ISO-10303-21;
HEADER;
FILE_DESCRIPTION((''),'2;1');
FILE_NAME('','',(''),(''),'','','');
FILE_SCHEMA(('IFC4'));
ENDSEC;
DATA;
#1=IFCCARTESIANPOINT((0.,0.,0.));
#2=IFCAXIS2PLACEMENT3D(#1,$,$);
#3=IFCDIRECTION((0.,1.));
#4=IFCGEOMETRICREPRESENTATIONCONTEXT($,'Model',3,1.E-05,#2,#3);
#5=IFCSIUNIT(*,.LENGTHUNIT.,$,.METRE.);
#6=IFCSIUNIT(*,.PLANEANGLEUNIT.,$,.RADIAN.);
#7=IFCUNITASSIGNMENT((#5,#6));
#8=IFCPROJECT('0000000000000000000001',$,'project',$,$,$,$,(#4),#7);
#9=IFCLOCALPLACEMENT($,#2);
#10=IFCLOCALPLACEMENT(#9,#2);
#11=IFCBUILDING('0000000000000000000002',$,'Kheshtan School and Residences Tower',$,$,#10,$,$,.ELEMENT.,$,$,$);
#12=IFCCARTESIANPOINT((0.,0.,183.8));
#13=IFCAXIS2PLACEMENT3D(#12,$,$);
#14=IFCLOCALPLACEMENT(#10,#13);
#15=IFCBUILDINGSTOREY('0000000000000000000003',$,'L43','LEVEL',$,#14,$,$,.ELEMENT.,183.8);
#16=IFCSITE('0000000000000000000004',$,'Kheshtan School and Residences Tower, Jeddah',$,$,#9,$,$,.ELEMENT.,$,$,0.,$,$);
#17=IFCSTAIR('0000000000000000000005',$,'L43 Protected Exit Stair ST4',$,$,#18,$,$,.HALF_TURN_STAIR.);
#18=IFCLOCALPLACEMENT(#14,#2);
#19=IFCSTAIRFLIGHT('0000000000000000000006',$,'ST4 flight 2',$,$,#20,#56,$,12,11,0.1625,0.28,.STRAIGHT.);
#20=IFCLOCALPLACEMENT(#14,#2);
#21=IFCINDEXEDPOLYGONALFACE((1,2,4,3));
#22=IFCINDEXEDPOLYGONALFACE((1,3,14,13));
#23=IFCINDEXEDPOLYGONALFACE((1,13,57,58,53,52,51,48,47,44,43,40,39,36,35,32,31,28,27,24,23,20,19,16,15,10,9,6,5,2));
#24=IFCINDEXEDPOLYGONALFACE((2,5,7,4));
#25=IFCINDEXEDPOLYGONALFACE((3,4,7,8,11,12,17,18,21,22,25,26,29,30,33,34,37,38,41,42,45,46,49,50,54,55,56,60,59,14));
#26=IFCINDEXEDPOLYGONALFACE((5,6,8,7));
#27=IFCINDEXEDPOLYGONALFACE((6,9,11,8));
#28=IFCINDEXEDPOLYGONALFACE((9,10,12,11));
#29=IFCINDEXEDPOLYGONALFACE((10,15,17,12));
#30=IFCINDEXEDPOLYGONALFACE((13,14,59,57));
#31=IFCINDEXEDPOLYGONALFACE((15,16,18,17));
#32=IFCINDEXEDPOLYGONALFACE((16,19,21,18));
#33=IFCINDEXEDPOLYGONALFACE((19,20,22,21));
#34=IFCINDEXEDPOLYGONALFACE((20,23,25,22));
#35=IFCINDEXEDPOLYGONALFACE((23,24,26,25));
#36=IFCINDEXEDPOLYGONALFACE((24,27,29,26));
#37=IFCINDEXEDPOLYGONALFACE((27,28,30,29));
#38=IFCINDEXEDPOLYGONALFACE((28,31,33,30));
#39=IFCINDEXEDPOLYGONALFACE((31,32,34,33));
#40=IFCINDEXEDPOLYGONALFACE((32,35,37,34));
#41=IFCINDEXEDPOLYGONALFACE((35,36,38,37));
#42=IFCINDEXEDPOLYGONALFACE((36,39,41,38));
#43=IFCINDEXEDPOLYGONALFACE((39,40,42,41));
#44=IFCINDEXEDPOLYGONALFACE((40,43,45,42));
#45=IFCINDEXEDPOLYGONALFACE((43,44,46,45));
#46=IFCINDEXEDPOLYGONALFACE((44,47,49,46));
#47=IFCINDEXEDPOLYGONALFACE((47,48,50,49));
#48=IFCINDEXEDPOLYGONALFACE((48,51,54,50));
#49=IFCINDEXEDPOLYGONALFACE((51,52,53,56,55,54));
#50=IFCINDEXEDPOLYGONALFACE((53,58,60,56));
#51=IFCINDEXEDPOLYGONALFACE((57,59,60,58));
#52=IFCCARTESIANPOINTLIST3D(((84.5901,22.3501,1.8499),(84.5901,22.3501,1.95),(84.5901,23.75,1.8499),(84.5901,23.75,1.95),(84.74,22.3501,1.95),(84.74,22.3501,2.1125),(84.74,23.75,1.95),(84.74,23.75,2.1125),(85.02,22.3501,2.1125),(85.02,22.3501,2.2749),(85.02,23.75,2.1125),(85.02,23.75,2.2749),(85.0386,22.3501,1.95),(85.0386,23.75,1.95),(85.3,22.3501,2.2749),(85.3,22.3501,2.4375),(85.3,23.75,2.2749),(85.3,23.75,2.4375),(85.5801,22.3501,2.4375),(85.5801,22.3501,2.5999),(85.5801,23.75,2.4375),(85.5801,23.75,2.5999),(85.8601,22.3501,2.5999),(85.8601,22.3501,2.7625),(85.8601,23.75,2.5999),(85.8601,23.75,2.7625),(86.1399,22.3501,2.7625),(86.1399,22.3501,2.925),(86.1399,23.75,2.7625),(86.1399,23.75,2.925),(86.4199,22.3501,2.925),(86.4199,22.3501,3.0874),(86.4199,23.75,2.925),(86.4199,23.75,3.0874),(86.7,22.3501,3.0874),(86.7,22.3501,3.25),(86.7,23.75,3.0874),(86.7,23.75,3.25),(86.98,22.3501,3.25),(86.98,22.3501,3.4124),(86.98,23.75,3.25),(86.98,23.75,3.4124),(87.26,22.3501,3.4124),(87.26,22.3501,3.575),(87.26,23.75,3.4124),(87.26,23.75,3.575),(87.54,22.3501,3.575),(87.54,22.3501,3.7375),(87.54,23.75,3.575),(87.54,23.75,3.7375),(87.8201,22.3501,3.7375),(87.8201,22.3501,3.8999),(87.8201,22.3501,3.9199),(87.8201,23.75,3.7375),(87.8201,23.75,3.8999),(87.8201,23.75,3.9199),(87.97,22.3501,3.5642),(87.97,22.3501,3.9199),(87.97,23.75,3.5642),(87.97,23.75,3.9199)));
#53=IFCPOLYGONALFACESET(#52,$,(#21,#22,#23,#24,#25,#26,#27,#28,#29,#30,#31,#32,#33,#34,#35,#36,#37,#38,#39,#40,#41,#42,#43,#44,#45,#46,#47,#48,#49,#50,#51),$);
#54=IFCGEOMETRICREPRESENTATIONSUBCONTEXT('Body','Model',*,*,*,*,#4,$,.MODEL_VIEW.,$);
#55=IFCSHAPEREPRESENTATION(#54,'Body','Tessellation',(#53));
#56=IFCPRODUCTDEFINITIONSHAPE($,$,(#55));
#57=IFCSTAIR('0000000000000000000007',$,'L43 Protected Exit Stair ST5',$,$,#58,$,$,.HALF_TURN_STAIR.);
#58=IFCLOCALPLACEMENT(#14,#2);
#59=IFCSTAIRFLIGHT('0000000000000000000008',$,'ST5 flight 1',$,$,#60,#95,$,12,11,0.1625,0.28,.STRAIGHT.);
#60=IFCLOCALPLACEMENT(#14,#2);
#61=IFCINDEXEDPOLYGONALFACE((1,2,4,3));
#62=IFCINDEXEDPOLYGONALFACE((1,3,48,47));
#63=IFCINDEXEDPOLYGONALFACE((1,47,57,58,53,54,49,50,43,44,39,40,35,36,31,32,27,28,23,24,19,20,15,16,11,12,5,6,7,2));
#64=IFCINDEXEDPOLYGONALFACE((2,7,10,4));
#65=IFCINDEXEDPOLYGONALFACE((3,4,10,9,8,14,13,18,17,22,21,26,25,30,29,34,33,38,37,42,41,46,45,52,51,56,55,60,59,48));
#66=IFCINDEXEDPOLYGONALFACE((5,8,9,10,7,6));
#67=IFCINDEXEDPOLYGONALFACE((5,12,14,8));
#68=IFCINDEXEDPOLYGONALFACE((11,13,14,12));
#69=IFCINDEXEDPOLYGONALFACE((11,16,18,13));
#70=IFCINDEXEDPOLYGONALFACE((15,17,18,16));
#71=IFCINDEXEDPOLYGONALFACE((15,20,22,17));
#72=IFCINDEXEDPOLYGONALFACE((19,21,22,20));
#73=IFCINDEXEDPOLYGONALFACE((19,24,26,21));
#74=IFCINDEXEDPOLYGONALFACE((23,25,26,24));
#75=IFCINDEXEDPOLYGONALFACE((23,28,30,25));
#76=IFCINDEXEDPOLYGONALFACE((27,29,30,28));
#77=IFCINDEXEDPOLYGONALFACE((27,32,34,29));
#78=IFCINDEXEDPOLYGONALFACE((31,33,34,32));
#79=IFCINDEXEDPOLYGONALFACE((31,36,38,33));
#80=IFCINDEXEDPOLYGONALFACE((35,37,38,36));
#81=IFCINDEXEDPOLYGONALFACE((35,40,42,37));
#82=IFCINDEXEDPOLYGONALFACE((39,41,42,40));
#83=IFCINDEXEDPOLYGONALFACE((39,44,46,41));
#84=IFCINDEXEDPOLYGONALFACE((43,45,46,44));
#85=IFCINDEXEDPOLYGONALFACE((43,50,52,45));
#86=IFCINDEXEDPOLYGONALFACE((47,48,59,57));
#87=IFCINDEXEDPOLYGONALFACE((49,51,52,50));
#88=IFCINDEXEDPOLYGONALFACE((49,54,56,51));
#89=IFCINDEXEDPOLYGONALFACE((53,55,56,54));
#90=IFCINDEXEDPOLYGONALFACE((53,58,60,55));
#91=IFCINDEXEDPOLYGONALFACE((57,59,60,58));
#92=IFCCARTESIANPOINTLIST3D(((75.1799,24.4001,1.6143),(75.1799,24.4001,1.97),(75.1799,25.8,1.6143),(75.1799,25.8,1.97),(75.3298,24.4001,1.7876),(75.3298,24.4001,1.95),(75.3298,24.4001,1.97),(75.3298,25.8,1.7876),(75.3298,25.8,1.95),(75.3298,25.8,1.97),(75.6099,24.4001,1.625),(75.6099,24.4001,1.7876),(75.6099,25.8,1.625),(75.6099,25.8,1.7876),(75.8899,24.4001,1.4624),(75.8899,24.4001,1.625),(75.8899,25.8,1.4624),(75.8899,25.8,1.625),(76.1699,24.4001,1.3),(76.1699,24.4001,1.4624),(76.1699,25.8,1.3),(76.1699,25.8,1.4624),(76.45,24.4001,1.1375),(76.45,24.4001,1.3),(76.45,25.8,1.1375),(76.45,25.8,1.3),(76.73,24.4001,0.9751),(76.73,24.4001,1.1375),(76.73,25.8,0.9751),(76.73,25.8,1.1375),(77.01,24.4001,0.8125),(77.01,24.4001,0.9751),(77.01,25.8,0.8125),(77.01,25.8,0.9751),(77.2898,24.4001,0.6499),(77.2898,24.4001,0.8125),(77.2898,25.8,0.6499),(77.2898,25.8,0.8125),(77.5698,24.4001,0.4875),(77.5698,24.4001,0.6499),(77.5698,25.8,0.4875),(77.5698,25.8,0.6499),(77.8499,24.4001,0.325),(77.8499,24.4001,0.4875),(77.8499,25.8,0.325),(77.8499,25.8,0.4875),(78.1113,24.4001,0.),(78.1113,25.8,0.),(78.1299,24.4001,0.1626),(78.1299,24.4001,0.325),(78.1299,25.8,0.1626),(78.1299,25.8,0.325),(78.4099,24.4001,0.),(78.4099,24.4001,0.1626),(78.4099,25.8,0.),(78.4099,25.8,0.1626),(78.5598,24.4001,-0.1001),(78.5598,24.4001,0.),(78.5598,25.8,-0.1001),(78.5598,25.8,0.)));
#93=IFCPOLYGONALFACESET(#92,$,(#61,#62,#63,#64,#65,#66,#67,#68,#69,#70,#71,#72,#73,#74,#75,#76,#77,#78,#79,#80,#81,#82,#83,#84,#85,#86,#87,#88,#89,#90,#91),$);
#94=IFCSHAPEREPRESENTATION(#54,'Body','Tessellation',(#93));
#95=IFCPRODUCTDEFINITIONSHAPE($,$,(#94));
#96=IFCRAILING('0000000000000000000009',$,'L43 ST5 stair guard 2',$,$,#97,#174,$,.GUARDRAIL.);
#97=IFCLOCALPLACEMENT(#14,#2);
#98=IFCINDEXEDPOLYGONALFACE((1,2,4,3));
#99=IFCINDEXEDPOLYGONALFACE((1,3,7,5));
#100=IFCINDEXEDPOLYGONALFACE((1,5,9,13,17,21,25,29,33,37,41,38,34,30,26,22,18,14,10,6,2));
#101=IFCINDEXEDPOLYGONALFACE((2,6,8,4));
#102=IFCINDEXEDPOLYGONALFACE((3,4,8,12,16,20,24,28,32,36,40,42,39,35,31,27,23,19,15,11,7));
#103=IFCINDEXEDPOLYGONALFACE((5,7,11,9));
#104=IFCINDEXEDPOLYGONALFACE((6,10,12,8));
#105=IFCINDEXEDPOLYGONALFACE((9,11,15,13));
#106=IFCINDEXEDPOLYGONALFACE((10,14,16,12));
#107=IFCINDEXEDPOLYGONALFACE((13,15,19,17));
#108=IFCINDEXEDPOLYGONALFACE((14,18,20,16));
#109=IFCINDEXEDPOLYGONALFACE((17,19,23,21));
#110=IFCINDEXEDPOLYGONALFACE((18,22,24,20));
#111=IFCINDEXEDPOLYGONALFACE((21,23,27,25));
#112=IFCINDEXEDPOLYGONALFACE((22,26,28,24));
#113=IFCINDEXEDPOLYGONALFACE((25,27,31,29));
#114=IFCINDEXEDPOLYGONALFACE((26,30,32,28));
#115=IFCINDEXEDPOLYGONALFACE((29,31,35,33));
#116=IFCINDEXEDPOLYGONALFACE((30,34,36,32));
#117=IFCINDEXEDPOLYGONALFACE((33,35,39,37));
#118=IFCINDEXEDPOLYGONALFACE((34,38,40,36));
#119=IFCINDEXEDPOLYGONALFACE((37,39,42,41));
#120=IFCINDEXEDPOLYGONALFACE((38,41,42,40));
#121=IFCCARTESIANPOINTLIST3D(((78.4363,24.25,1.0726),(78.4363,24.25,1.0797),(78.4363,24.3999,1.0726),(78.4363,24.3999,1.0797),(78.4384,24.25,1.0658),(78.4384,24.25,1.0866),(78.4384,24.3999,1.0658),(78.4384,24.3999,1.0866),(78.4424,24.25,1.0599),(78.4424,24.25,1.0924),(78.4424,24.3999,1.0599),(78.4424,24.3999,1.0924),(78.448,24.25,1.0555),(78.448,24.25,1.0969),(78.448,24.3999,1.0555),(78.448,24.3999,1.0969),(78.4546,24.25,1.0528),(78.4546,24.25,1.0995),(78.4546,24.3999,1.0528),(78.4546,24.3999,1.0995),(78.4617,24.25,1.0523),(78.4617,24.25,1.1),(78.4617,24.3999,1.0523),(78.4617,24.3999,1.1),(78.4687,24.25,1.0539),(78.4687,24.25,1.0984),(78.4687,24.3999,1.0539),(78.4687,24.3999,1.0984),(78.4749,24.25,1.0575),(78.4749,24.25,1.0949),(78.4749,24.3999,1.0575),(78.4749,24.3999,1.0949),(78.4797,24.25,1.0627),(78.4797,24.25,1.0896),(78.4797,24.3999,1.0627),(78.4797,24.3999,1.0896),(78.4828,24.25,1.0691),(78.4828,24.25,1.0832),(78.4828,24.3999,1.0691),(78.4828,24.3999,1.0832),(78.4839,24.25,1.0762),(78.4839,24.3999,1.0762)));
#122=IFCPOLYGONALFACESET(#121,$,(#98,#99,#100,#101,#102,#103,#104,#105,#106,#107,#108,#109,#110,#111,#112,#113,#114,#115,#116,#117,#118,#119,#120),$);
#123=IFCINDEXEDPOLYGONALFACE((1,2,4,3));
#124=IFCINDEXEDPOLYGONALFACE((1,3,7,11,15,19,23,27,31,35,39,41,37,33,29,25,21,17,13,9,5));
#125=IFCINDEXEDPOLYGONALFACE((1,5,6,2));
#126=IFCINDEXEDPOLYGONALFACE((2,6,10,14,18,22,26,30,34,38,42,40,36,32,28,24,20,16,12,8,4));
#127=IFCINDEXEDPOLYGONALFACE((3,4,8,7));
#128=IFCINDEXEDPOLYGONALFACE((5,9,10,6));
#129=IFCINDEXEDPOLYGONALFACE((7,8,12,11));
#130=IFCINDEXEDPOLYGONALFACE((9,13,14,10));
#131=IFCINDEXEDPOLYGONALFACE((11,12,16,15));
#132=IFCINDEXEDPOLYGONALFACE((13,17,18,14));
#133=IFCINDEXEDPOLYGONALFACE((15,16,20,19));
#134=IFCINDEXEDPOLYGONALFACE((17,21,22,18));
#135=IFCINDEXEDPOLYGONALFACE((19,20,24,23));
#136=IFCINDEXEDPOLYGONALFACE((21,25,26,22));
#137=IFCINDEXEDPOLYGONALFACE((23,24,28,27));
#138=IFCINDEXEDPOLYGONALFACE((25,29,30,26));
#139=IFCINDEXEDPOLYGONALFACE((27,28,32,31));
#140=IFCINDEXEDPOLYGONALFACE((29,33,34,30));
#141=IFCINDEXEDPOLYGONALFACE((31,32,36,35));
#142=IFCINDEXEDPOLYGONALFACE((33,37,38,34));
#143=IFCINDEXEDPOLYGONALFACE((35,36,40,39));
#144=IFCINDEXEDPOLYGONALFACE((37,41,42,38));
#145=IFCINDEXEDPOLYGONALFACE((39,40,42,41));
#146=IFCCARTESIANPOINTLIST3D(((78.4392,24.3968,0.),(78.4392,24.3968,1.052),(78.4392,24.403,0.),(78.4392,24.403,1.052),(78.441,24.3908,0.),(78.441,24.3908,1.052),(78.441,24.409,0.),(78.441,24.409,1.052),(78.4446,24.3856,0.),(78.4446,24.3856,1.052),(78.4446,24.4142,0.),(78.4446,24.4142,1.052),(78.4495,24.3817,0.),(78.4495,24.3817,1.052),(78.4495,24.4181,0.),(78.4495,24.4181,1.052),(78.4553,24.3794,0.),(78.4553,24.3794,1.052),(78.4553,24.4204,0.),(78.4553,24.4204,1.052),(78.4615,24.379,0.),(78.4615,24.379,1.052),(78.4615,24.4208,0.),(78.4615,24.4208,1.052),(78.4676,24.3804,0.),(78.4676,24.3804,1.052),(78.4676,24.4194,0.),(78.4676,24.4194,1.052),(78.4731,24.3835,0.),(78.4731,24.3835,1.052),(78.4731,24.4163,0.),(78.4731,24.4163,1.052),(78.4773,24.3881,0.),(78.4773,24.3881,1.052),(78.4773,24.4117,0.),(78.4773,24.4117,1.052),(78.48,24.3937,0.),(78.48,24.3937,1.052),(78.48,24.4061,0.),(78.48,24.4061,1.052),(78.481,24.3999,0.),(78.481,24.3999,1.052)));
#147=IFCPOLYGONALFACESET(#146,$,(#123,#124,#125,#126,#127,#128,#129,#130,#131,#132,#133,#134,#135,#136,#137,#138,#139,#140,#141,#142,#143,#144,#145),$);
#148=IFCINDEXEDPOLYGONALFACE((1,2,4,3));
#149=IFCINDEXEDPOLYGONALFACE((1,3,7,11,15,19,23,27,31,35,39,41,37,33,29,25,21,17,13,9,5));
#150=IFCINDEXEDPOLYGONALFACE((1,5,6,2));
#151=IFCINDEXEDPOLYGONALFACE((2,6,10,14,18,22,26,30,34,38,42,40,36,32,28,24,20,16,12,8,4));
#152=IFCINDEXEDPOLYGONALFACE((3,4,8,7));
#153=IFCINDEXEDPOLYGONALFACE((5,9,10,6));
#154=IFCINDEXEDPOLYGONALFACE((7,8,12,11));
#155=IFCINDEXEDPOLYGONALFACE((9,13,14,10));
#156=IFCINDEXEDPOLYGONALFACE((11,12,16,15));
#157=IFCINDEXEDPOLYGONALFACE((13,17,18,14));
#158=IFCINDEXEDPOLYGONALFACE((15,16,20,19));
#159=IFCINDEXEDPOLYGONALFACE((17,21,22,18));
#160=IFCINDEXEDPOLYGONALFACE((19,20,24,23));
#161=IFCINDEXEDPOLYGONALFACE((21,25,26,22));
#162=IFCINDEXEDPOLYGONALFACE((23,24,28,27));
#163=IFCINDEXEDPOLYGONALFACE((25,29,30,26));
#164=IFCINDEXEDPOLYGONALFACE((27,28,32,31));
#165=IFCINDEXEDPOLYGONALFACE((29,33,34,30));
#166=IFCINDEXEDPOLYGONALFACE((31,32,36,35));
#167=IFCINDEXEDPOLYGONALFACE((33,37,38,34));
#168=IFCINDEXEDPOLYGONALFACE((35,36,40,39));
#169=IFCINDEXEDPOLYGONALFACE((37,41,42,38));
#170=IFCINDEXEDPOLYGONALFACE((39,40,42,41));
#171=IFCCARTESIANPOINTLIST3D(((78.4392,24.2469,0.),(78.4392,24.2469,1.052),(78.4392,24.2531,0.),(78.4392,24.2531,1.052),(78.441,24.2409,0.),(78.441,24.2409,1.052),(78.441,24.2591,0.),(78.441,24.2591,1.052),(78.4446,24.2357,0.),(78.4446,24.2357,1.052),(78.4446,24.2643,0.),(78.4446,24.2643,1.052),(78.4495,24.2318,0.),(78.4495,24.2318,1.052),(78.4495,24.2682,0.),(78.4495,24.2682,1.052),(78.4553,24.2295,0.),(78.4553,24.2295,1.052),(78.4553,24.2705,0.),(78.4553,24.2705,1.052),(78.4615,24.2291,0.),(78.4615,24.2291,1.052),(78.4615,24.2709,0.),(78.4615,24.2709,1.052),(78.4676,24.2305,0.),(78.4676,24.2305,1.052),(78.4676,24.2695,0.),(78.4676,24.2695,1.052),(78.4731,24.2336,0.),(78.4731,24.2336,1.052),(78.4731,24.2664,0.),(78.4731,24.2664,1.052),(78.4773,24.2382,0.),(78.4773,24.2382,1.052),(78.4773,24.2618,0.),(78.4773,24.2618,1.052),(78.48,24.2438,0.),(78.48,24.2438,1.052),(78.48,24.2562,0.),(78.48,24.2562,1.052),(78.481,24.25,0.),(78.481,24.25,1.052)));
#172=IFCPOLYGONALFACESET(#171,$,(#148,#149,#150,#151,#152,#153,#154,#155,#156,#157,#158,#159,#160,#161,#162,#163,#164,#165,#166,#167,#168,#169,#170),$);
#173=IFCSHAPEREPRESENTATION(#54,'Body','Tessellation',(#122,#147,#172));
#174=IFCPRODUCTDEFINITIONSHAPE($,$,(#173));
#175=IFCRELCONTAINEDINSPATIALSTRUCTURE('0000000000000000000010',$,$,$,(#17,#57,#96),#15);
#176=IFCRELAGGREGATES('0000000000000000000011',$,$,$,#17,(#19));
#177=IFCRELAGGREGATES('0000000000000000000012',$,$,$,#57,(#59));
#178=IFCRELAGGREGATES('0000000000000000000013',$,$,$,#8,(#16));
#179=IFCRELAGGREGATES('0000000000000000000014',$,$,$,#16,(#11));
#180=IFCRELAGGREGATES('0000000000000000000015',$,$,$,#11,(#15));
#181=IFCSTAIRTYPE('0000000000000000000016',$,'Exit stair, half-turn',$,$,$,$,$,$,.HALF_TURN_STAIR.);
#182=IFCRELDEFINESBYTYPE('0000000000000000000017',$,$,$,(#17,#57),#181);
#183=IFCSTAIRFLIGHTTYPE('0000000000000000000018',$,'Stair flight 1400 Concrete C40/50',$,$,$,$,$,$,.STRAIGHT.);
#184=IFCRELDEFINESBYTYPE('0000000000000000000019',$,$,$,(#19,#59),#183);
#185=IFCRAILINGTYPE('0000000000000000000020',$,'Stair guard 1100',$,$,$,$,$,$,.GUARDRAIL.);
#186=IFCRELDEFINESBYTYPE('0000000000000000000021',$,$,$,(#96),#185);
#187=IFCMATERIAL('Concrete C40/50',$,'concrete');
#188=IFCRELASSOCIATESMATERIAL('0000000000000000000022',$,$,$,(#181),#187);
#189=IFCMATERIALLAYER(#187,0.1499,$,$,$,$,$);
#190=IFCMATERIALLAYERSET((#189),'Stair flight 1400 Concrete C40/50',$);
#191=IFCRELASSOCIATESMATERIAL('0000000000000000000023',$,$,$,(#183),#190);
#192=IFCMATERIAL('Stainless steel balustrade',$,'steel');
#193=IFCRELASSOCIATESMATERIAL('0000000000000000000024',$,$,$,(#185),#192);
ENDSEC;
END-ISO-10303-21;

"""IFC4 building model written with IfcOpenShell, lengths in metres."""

from ifc_helpers import new_model, si_unit, direction, frame, origin, origin_2d, place, context, subcontext, project, spatial, polyline, circle, outline, extrude, material, layer, layer_set, type_object, element, aggregate, save


model = new_model("IFC4")

# Units and contexts
model_context = context("Model", 3, precision=1e-05, world=origin(), true_north=direction((0.0, 1.0)))
body_context = subcontext(model_context, "Body", "Model", "MODEL_VIEW")
ifc_project = project(units=[si_unit("LENGTHUNIT", "METRE"), si_unit("PLANEANGLEUNIT", "RADIAN")], contexts=[model_context])

# Site, building, storey
site_placement = place(None, origin())
site = spatial("IfcSite", under=ifc_project, at=site_placement, Name="Kheshtan School and Residences Tower, Jeddah", CompositionType="ELEMENT", RefElevation=0.0)
building_placement = place(site_placement, origin())
building = spatial("IfcBuilding", under=site, at=building_placement, Name="Kheshtan School and Residences Tower", CompositionType="ELEMENT")
storey_placement = place(building_placement, frame((0.0, 0.0, 183.8)))
storey = spatial("IfcBuildingStorey", under=building, at=storey_placement, Name="L43", Description="LEVEL", CompositionType="ELEMENT", Elevation=183.8)

# Shared definitions
ifc_material_1 = material(Name="Concrete C40/50", Category="concrete")

# Stairs, stair flights
stair_type = type_object("IfcStairType", Name="Exit stair, half-turn", PredefinedType="HALF_TURN_STAIR", material=ifc_material_1)
stair_1_placement = place(storey_placement, origin())
stair_1 = element("IfcStair", 1, at=stair_1_placement, inside=storey, type_object=stair_type, Name="L43 Protected Exit Stair ST4", PredefinedType="HALF_TURN_STAIR")
ifc_layer_1 = layer(ifc_material_1, 0.1499)
ifc_layer_set_1 = layer_set([ifc_layer_1], Name="Stair flight 1400 Concrete C40/50")
stair_flight_type = type_object("IfcStairFlightType", Name="Stair flight 1400 Concrete C40/50", PredefinedType="STRAIGHT", material=ifc_layer_set_1)
stair_flight_1_placement = place(storey_placement, frame((84.74, 23.05, 1.95), z_axis=(0.0, 0.0, 1.0), x_axis=(1.0, 0.0, 0.0)))
stair_flight_1 = element("IfcStairFlight", 2, at=stair_flight_1_placement, type_object=stair_flight_type, Name="ST4 flight 2", NumberOfRisers=12, NumberOfTreads=11, PredefinedType="STRAIGHT", RiserHeight=0.1625, TreadLength=0.28, context=body_context, shape_type="SweptSolid", body=[
    extrude(outline(polyline([(-0.1499, -0.1001), (-0.1499, 0.0), (0.0, 0.0), (0.0, 0.1626), (0.28, 0.1626), (0.28, 0.325), (0.5601, 0.325), (0.5601, 0.4875), (0.8401, 0.4875), (0.8401, 0.6499), (1.1201, 0.6499), (1.1201, 0.8125), (1.3999, 0.8125), (1.3999, 0.9751), (1.6799, 0.9751), (1.6799, 1.1375), (1.96, 1.1375), (1.96, 1.3), (2.24, 1.3), (2.24, 1.4624), (2.52, 1.4624), (2.52, 1.625), (2.8, 1.625), (2.8, 1.7876), (3.0801, 1.7876), (3.0801, 1.95), (3.0801, 1.97), (3.23, 1.97), (3.23, 1.6143), (0.2986, 0.0), (-0.1499, -0.1001)])), frame((0.0, 0.7, 0.0), z_axis=(0.0, -1.0, 0.0), x_axis=(1.0, 0.0, 0.0)), (0.0, 0.0, 1.0), 1.3999),
])
aggregate(stair_1, [stair_flight_1])
stair_2_placement = place(storey_placement, origin())
stair_2 = element("IfcStair", 3, at=stair_2_placement, inside=storey, type_object=stair_type, Name="L43 Protected Exit Stair ST5", PredefinedType="HALF_TURN_STAIR")
stair_flight_2_placement = place(storey_placement, frame((78.4099, 25.1001, 0.0), z_axis=(0.0, 0.0, 1.0), x_axis=(-1.0, 0.0, 0.0)))
stair_flight_2 = element("IfcStairFlight", 4, at=stair_flight_2_placement, type_object=stair_flight_type, Name="ST5 flight 1", NumberOfRisers=12, NumberOfTreads=11, PredefinedType="STRAIGHT", RiserHeight=0.1625, TreadLength=0.28, context=body_context, shape_type="SweptSolid", body=[
    extrude(outline(polyline([(-0.1499, -0.1001), (-0.1499, 0.0), (0.0, 0.0), (0.0, 0.1626), (0.28, 0.1626), (0.28, 0.325), (0.5601, 0.325), (0.5601, 0.4875), (0.8401, 0.4875), (0.8401, 0.6499), (1.1201, 0.6499), (1.1201, 0.8125), (1.3999, 0.8125), (1.3999, 0.9751), (1.6799, 0.9751), (1.6799, 1.1375), (1.96, 1.1375), (1.96, 1.3), (2.24, 1.3), (2.24, 1.4624), (2.52, 1.4624), (2.52, 1.625), (2.8, 1.625), (2.8, 1.7876), (3.0801, 1.7876), (3.0801, 1.95), (3.0801, 1.97), (3.23, 1.97), (3.23, 1.6143), (0.2986, 0.0), (-0.1499, -0.1001)])), frame((0.0, 0.7, 0.0), z_axis=(0.0, -1.0, 0.0), x_axis=(1.0, 0.0, 0.0)), (0.0, 0.0, 1.0), 1.3999),
])
aggregate(stair_2, [stair_flight_2])

# Railing
ifc_material_2 = material(Name="Stainless steel balustrade", Category="steel")
railing_type_1 = type_object("IfcRailingType", Name="Stair guard 1100", PredefinedType="GUARDRAIL", material=ifc_material_2)
railing_1_placement = place(storey_placement, frame((78.46, 24.3999, 0.0)))
element("IfcRailing", 5, at=railing_1_placement, inside=storey, type_object=railing_type_1, Name="L43 ST5 stair guard 2", PredefinedType="GUARDRAIL", context=body_context, shape_type="SweptSolid", body=[
    extrude(circle(Radius=0.0239, at=origin_2d()), frame((0.0, 0.0, 1.0762), z_axis=(0.0, -1.0, 0.0), x_axis=(1.0, 0.0, 0.0)), (0.0, 0.0, 1.0), 0.1499),
    extrude(circle(Radius=0.021, at=origin_2d()), origin(), (0.0, 0.0, 1.0), 1.052),
    extrude(circle(Radius=0.021, at=origin_2d()), frame((0.0, -0.1499, 0.0)), (0.0, 0.0, 1.0), 1.052),
])

save(model, "model.ifc")
